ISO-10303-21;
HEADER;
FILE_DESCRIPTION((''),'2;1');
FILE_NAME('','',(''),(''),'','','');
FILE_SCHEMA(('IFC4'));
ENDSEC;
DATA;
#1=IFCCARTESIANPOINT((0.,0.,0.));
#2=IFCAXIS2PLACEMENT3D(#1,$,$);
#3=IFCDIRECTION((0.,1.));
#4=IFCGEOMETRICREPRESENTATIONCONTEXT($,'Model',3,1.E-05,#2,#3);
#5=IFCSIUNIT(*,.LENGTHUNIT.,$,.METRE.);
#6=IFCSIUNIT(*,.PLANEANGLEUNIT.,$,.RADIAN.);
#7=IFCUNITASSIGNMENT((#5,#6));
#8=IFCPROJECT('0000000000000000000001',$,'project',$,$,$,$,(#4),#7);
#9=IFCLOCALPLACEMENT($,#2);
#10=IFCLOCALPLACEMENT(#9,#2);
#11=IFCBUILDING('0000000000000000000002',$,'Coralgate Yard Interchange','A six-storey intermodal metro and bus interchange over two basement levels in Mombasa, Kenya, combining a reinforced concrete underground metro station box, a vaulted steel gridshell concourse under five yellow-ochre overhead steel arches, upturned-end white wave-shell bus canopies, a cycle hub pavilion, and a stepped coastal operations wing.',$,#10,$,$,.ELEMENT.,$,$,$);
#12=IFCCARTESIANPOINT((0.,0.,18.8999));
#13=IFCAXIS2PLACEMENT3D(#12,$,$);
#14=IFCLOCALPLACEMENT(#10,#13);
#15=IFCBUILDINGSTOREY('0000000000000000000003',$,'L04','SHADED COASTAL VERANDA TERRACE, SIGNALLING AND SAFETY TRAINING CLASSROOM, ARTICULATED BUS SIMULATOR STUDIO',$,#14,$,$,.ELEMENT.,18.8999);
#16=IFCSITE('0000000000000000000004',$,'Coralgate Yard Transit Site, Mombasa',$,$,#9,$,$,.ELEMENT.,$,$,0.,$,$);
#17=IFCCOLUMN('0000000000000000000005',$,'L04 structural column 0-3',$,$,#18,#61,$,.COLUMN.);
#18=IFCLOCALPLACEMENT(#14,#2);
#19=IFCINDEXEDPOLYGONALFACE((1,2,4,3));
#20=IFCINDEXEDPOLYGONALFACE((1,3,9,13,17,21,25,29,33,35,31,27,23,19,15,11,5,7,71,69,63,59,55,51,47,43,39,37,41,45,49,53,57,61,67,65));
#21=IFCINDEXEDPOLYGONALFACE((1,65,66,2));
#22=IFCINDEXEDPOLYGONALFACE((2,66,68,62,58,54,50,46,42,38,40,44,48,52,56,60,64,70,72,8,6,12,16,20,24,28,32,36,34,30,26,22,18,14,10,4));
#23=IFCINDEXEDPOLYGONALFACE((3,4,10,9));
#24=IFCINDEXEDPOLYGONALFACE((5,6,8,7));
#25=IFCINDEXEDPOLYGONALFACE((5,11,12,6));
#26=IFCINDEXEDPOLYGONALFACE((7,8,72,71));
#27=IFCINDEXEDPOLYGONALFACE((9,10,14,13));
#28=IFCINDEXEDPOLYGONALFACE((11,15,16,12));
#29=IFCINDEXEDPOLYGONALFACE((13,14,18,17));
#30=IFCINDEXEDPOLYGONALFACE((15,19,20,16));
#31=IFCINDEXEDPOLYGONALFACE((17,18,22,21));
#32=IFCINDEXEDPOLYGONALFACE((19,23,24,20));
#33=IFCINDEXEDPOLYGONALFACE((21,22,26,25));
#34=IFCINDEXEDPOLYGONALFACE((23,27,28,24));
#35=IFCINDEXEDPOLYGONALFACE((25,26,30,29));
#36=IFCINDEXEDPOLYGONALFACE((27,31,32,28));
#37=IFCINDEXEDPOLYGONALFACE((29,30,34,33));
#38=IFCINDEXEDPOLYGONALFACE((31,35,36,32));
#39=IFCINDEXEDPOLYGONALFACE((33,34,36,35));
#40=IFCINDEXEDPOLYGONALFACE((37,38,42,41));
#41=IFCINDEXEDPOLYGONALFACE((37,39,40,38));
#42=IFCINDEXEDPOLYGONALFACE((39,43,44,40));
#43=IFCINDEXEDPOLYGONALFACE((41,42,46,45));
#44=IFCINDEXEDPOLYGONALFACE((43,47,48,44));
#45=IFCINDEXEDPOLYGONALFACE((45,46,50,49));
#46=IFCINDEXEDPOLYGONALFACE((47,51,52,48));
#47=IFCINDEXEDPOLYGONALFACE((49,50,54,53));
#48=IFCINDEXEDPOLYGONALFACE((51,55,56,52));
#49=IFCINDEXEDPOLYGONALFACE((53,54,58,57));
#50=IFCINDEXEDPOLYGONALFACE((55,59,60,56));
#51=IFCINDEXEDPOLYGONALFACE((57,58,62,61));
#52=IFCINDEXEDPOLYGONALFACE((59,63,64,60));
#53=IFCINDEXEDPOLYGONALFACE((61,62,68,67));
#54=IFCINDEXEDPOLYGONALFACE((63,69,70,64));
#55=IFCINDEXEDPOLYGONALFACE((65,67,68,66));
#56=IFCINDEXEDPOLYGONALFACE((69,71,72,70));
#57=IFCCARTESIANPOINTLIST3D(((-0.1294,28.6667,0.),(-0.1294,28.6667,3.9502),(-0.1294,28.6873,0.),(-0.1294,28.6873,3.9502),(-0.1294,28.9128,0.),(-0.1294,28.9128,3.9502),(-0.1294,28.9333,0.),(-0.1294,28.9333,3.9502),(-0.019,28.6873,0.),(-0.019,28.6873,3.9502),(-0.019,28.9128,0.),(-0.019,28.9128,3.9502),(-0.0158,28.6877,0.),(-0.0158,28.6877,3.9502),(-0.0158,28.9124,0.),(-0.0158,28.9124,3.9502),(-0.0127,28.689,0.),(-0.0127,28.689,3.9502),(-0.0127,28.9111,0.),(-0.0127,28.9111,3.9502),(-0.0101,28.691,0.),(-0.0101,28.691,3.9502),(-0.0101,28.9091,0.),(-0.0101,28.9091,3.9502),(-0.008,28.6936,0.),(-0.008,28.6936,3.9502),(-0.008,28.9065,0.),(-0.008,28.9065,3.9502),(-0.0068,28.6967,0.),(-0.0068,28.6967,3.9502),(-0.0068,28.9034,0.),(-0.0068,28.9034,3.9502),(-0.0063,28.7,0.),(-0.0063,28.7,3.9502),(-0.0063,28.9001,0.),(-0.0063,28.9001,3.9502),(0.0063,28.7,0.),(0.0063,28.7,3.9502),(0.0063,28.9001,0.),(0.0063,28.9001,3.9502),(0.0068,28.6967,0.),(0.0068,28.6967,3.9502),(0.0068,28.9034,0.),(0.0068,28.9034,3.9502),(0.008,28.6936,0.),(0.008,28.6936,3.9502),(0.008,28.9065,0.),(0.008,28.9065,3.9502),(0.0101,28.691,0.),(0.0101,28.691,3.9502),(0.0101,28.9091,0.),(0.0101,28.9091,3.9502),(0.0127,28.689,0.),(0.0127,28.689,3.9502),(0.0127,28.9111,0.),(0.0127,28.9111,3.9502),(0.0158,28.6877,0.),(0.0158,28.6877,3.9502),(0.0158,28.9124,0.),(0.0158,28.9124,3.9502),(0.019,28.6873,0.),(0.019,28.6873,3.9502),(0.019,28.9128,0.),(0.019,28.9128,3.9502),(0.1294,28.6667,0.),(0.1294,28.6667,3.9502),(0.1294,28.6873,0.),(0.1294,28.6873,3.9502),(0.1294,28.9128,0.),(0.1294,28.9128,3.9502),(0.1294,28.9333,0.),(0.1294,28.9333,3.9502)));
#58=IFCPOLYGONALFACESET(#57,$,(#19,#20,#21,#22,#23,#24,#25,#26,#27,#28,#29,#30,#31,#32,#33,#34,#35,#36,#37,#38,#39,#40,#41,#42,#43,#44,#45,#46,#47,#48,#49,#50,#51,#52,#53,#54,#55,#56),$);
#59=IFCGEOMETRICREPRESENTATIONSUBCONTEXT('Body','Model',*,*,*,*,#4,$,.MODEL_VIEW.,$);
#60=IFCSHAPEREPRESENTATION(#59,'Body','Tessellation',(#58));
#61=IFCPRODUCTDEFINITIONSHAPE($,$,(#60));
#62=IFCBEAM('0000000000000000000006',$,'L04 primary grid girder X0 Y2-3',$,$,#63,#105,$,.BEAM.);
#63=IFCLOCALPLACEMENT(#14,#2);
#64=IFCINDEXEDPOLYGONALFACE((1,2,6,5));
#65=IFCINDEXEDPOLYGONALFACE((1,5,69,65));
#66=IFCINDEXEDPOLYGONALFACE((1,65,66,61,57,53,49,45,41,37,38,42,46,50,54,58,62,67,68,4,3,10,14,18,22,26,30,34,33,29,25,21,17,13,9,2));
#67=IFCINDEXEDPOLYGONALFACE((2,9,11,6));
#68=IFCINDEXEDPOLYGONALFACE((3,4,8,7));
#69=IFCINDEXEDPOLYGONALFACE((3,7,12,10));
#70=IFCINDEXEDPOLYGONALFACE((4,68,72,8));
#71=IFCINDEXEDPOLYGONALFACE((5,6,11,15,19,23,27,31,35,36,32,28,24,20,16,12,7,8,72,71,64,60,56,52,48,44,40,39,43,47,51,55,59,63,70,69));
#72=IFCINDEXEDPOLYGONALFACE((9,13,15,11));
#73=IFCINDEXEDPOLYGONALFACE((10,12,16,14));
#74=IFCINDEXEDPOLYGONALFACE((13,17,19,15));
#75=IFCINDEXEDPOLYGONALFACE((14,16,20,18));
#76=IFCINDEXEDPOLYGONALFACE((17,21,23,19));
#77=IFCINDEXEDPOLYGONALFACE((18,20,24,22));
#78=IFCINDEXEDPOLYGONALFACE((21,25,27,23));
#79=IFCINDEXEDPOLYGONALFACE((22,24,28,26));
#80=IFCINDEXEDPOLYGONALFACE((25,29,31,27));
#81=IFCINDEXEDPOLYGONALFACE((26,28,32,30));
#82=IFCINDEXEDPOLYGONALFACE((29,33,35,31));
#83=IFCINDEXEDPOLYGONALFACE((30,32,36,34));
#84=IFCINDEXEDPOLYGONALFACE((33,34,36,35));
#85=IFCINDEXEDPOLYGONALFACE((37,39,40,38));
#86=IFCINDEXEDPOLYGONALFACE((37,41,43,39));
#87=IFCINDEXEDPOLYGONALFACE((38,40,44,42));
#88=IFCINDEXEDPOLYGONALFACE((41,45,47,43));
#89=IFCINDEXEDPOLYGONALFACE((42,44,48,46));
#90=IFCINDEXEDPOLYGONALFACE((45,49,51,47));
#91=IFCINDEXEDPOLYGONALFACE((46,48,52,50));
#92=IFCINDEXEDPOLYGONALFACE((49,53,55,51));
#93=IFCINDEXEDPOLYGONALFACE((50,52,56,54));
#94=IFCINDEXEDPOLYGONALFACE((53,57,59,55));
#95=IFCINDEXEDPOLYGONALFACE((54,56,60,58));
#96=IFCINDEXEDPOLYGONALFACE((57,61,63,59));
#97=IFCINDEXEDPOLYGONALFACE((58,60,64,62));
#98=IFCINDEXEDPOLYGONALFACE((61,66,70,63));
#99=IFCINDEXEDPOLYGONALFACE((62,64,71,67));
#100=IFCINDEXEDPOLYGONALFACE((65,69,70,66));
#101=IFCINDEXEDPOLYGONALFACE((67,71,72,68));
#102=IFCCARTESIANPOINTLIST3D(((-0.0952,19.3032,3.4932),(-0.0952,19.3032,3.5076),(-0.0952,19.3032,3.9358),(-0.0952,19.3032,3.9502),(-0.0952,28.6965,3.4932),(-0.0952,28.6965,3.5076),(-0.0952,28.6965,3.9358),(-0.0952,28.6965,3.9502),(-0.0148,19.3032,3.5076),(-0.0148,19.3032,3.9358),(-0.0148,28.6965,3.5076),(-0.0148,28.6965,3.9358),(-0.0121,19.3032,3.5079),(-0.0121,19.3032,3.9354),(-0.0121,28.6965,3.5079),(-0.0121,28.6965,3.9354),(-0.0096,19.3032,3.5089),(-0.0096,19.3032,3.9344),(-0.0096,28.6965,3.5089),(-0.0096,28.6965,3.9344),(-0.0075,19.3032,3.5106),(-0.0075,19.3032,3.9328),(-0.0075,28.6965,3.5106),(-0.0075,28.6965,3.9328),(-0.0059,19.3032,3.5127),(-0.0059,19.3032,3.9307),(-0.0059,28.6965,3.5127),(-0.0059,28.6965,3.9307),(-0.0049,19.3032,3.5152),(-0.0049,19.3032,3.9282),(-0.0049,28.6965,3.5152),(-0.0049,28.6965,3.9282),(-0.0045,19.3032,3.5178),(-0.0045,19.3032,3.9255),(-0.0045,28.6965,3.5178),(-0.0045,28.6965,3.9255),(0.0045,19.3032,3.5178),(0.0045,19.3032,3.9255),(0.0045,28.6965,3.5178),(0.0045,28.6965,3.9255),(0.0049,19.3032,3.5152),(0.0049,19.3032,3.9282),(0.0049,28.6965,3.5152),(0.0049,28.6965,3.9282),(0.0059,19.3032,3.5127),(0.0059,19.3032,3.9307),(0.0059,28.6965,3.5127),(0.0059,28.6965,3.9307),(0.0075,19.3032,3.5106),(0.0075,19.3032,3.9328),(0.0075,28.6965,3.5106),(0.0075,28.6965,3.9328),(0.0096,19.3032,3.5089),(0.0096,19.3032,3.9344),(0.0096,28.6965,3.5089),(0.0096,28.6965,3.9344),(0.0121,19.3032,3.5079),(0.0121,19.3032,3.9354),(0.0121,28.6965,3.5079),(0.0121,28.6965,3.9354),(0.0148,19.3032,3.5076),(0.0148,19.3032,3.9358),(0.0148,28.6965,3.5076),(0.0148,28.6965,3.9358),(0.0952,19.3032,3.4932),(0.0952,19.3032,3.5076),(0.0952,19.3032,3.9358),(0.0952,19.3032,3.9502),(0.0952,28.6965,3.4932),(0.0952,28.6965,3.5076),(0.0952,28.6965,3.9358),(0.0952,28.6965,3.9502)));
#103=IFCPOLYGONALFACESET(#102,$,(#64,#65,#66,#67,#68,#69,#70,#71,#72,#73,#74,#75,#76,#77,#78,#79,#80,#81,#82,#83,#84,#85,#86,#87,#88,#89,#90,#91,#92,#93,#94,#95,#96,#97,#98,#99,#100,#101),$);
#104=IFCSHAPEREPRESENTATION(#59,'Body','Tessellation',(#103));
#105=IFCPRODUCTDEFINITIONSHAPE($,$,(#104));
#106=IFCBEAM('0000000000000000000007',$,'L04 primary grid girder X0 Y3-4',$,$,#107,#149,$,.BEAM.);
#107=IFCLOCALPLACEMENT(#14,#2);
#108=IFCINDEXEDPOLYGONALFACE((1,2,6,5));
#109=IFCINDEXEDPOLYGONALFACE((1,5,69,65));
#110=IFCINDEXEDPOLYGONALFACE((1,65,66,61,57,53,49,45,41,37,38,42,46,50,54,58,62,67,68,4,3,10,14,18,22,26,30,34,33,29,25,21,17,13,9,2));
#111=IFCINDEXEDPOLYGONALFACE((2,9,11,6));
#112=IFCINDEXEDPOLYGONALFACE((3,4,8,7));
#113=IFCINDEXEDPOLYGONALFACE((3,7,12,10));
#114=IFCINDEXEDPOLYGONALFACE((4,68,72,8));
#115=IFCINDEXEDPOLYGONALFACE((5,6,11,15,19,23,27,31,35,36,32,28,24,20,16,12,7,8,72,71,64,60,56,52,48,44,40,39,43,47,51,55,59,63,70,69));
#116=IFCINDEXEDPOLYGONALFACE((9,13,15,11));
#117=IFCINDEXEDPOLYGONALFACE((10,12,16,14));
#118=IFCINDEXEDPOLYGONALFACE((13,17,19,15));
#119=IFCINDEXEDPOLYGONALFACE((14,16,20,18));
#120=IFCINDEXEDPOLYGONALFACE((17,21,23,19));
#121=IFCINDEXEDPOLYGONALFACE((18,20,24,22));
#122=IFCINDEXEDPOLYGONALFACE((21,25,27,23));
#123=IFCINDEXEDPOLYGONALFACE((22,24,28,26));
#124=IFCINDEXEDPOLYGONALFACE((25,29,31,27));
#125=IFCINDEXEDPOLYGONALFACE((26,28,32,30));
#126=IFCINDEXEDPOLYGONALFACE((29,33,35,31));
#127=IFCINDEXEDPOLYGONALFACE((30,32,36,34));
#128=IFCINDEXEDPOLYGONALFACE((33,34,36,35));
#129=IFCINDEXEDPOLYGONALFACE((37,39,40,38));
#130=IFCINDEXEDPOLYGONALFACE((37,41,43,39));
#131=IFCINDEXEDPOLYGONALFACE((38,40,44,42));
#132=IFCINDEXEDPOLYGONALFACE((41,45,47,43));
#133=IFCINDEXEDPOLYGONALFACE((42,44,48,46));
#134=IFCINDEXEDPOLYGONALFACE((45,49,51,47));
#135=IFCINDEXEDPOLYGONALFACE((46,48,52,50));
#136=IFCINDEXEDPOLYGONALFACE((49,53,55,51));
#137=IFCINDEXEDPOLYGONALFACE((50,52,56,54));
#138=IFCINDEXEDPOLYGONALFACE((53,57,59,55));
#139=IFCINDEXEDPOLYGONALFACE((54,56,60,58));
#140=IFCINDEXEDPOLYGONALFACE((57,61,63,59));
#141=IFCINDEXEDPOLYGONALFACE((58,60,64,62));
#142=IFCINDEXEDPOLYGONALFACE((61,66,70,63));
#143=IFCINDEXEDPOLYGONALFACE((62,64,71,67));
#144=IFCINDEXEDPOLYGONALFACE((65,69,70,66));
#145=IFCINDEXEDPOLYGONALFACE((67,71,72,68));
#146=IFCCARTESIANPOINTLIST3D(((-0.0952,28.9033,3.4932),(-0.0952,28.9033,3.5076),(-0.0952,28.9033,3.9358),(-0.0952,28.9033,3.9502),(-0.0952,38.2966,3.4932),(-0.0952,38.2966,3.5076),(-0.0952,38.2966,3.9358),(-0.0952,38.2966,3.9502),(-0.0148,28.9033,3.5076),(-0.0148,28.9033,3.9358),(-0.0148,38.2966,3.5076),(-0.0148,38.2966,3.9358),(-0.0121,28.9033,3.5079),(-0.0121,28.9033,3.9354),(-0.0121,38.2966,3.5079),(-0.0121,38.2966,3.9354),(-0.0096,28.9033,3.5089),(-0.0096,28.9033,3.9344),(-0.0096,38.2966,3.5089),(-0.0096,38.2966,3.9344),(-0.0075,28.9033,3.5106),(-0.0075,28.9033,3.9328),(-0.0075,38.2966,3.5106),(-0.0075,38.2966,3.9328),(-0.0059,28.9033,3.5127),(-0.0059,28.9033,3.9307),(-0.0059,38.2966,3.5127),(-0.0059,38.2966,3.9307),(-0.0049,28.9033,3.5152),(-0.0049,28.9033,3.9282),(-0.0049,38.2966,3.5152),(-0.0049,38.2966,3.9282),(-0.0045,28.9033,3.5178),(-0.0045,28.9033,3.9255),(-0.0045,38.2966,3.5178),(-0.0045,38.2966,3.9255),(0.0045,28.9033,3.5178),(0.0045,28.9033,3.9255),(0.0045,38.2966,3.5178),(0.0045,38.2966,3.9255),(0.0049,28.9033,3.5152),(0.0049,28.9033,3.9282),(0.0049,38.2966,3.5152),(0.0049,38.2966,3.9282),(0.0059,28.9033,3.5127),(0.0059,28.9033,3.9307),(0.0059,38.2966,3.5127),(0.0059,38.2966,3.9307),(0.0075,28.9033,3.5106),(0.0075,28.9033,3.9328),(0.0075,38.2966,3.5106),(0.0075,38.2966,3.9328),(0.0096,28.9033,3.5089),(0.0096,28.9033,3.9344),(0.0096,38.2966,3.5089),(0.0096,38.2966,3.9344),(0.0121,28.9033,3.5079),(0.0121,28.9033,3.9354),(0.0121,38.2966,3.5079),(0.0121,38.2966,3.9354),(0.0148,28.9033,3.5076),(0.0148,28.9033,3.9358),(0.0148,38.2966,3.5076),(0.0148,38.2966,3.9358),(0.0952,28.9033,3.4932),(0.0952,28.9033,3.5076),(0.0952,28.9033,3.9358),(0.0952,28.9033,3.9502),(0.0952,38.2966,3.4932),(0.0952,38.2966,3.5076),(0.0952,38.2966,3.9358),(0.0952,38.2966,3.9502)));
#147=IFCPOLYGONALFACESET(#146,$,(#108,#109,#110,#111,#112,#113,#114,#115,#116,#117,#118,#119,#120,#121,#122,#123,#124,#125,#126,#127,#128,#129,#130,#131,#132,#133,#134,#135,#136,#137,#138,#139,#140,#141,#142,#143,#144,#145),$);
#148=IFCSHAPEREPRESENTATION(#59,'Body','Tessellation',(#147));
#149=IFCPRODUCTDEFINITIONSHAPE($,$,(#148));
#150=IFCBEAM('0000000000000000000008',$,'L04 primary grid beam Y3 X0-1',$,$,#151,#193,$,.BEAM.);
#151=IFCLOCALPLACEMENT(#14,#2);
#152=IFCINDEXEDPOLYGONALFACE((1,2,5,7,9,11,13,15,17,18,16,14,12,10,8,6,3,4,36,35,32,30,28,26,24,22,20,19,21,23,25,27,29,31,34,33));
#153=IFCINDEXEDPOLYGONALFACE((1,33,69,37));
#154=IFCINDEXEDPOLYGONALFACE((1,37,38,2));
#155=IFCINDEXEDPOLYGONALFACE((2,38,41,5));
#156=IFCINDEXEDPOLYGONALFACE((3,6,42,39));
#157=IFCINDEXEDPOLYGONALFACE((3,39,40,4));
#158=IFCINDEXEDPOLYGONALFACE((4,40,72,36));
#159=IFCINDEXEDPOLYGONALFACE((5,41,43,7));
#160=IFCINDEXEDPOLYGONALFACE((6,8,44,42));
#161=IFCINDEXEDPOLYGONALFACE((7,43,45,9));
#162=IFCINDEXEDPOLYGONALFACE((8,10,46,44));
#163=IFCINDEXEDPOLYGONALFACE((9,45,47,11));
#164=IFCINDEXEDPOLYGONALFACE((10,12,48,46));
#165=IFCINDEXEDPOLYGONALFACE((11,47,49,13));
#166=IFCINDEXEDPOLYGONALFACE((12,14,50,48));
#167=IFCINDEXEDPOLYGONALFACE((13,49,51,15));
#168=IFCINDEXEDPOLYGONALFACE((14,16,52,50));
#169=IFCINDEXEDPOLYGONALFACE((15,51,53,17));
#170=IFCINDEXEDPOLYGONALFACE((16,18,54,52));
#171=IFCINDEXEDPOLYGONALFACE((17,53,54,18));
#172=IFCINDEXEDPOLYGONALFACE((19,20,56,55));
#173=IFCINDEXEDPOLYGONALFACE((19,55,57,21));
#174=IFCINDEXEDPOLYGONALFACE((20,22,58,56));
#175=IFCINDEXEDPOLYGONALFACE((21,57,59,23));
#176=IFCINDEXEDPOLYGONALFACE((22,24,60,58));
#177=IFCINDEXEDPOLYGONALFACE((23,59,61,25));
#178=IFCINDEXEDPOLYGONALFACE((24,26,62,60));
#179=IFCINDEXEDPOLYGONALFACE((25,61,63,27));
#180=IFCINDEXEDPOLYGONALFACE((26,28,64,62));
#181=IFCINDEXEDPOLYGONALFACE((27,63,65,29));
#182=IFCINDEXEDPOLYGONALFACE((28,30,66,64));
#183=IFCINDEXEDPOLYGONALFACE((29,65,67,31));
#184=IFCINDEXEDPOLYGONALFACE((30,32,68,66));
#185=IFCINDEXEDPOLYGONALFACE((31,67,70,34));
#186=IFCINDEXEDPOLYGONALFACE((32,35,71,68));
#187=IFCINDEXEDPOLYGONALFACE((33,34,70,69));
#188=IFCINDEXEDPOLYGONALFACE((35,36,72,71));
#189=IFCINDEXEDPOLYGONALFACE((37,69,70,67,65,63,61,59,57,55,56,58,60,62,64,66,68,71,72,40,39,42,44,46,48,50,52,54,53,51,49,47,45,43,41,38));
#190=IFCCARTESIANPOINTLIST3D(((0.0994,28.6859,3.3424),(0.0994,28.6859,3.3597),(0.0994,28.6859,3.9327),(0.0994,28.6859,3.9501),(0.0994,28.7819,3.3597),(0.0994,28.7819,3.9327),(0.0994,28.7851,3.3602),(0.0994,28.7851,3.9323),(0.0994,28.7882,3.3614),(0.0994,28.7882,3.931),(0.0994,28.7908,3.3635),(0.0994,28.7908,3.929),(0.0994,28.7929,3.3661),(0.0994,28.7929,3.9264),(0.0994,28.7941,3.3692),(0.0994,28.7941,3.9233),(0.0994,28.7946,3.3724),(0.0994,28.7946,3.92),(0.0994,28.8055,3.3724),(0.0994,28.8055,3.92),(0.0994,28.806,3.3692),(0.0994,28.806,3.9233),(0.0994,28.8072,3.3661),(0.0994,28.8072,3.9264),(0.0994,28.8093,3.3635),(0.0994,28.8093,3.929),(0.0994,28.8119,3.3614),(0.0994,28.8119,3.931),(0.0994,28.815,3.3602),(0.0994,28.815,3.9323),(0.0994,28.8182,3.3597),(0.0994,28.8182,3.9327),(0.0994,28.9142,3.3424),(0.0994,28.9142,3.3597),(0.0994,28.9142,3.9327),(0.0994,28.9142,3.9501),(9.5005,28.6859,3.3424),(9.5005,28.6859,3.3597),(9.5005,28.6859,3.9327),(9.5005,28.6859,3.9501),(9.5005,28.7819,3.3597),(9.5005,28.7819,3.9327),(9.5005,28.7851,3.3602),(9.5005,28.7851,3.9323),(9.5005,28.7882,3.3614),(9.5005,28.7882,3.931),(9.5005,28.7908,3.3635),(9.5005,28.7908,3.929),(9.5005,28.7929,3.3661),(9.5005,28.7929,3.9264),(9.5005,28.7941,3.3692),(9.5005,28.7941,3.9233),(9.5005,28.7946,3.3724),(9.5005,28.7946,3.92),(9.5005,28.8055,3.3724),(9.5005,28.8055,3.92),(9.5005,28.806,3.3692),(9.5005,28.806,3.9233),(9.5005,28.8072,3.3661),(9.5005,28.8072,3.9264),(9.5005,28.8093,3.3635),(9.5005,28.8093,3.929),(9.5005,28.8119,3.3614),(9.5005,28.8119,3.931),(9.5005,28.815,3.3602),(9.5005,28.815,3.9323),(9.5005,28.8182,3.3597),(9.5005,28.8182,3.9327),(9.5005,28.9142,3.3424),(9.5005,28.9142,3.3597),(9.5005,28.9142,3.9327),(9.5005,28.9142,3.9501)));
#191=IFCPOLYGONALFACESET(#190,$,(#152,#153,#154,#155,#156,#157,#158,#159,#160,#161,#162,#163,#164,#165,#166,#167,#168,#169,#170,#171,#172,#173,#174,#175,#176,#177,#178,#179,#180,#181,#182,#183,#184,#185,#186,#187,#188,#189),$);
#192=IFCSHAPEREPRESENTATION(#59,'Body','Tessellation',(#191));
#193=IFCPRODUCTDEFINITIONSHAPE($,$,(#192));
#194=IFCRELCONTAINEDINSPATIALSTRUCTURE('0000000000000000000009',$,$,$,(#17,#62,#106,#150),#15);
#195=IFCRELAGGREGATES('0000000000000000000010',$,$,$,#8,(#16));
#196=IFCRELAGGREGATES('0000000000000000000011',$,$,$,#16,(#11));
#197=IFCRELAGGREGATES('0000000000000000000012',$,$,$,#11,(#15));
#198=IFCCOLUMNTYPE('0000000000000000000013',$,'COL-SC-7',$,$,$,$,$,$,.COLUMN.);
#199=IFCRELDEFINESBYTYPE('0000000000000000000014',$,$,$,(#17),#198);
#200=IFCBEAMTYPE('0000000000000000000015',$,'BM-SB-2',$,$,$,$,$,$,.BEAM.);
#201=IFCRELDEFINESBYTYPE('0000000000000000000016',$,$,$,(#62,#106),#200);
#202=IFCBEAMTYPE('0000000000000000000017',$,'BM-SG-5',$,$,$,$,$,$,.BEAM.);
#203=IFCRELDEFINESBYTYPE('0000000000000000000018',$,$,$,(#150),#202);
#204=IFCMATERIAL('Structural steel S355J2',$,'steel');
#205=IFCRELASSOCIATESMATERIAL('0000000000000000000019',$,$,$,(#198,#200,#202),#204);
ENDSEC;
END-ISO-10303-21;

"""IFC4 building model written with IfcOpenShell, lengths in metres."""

from ifc_helpers import new_model, si_unit, direction, frame, origin, origin_2d, place, context, subcontext, project, spatial, i_section, extrude, material, material_profile, profile_set, type_object, element, save


model = new_model("IFC4")

# Units and contexts
model_context = context("Model", 3, precision=1e-05, world=origin(), true_north=direction((0.0, 1.0)))
body_context = subcontext(model_context, "Body", "Model", "MODEL_VIEW")
ifc_project = project(units=[si_unit("LENGTHUNIT", "METRE"), si_unit("PLANEANGLEUNIT", "RADIAN")], contexts=[model_context])

# Site, building, storey
site_placement = place(None, origin())
site = spatial("IfcSite", under=ifc_project, at=site_placement, Name="Coralgate Yard Transit Site, Mombasa", CompositionType="ELEMENT", RefElevation=0.0)
building_placement = place(site_placement, origin())
building = spatial("IfcBuilding", under=site, at=building_placement, Name="Coralgate Yard Interchange", Description="A six-storey intermodal metro and bus interchange over two basement levels in Mombasa, Kenya, combining a reinforced concrete underground metro station box, a vaulted steel gridshell concourse under five yellow-ochre overhead steel arches, upturned-end white wave-shell bus canopies, a cycle hub pavilion, and a stepped coastal operations wing.", CompositionType="ELEMENT")
storey_placement = place(building_placement, frame((0.0, 0.0, 18.8999)))
storey = spatial("IfcBuildingStorey", under=building, at=storey_placement, Name="L04", Description="SHADED COASTAL VERANDA TERRACE, SIGNALLING AND SAFETY TRAINING CLASSROOM, ARTICULATED BUS SIMULATOR STUDIO", CompositionType="ELEMENT", Elevation=18.8999)

# Column
ifc_material_1 = material(Name="Structural steel S355J2", Category="steel")
ifc_material_profile_1 = material_profile(ifc_material_1, i_section(OverallWidth=0.2588, OverallDepth=0.2666, WebThickness=0.0127, FlangeThickness=0.0205, FilletRadius=0.0127, at=origin_2d()), Name="UC 254x254x107")
ifc_profile_set_1 = profile_set([ifc_material_profile_1], Name="Structural steel S355J2")
column_type = type_object("IfcColumnType", Name="COL-SC-7", PredefinedType="COLUMN", material=ifc_profile_set_1)
column_placement = place(storey_placement, frame((0.0, 28.8, 0.0), z_axis=(0.0, 0.0, 1.0), x_axis=(1.0, 0.0, 0.0)))
element("IfcColumn", 1, at=column_placement, inside=storey, type_object=column_type, Name="L04 structural column 0-3", PredefinedType="COLUMN", context=body_context, shape_type="SweptSolid", body=[
    extrude(i_section(OverallWidth=0.2588, OverallDepth=0.2666, WebThickness=0.0127, FlangeThickness=0.0205, FilletRadius=0.0127, at=origin_2d()), origin(), (0.0, 0.0, 1.0), 3.9502),
])

# Beams
ifc_material_profile_2 = material_profile(ifc_material_1, i_section(OverallWidth=0.1904, OverallDepth=0.457, WebThickness=0.009, FlangeThickness=0.0144, FilletRadius=0.0103, at=origin_2d()), Name="UB 457x191x74")
ifc_profile_set_2 = profile_set([ifc_material_profile_2], Name="Structural steel S355J2")
beam_type_1 = type_object("IfcBeamType", Name="BM-SB-2", PredefinedType="BEAM", material=ifc_profile_set_2)
for number, where, z_axis, x_axis, name in (
    (2, (0.0, 19.3032, 3.7217), (0.0, 1.0, 0.0), (-1.0, 0.0, 0.0), "L04 primary grid girder X0 Y2-3"),
    (3, (0.0, 28.9033, 3.7217), (0.0, 1.0, 0.0), (-1.0, 0.0, 0.0), "L04 primary grid girder X0 Y3-4"),
):
    element("IfcBeam", number, at=place(storey_placement, frame(where, z_axis=z_axis, x_axis=x_axis)), inside=storey, type_object=beam_type_1, Name=name, PredefinedType="BEAM", context=body_context, shape_type="SweptSolid", body=[
        extrude(i_section(OverallWidth=0.1904, OverallDepth=0.457, WebThickness=0.009, FlangeThickness=0.0144, FilletRadius=0.0103, at=origin_2d()), origin(), (0.0, 0.0, 1.0), 9.3933),
    ])
ifc_material_profile_3 = material_profile(ifc_material_1, i_section(OverallWidth=0.2283, OverallDepth=0.6077, WebThickness=0.011, FlangeThickness=0.0173, FilletRadius=0.0127, at=origin_2d()), Name="UB 610x229x113")
ifc_profile_set_3 = profile_set([ifc_material_profile_3], Name="Structural steel S355J2")
beam_type_2 = type_object("IfcBeamType", Name="BM-SG-5", PredefinedType="BEAM", material=ifc_profile_set_3)
beam_placement = place(storey_placement, frame((0.0994, 28.8, 3.6462), z_axis=(1.0, 0.0, 0.0), x_axis=(0.0, 1.0, 0.0)))
element("IfcBeam", 4, at=beam_placement, inside=storey, type_object=beam_type_2, Name="L04 primary grid beam Y3 X0-1", PredefinedType="BEAM", context=body_context, shape_type="SweptSolid", body=[
    extrude(i_section(OverallWidth=0.2283, OverallDepth=0.6077, WebThickness=0.011, FlangeThickness=0.0173, FilletRadius=0.0127, at=origin_2d()), origin(), (0.0, 0.0, 1.0), 9.4011),
])

save(model, "model.ifc")
